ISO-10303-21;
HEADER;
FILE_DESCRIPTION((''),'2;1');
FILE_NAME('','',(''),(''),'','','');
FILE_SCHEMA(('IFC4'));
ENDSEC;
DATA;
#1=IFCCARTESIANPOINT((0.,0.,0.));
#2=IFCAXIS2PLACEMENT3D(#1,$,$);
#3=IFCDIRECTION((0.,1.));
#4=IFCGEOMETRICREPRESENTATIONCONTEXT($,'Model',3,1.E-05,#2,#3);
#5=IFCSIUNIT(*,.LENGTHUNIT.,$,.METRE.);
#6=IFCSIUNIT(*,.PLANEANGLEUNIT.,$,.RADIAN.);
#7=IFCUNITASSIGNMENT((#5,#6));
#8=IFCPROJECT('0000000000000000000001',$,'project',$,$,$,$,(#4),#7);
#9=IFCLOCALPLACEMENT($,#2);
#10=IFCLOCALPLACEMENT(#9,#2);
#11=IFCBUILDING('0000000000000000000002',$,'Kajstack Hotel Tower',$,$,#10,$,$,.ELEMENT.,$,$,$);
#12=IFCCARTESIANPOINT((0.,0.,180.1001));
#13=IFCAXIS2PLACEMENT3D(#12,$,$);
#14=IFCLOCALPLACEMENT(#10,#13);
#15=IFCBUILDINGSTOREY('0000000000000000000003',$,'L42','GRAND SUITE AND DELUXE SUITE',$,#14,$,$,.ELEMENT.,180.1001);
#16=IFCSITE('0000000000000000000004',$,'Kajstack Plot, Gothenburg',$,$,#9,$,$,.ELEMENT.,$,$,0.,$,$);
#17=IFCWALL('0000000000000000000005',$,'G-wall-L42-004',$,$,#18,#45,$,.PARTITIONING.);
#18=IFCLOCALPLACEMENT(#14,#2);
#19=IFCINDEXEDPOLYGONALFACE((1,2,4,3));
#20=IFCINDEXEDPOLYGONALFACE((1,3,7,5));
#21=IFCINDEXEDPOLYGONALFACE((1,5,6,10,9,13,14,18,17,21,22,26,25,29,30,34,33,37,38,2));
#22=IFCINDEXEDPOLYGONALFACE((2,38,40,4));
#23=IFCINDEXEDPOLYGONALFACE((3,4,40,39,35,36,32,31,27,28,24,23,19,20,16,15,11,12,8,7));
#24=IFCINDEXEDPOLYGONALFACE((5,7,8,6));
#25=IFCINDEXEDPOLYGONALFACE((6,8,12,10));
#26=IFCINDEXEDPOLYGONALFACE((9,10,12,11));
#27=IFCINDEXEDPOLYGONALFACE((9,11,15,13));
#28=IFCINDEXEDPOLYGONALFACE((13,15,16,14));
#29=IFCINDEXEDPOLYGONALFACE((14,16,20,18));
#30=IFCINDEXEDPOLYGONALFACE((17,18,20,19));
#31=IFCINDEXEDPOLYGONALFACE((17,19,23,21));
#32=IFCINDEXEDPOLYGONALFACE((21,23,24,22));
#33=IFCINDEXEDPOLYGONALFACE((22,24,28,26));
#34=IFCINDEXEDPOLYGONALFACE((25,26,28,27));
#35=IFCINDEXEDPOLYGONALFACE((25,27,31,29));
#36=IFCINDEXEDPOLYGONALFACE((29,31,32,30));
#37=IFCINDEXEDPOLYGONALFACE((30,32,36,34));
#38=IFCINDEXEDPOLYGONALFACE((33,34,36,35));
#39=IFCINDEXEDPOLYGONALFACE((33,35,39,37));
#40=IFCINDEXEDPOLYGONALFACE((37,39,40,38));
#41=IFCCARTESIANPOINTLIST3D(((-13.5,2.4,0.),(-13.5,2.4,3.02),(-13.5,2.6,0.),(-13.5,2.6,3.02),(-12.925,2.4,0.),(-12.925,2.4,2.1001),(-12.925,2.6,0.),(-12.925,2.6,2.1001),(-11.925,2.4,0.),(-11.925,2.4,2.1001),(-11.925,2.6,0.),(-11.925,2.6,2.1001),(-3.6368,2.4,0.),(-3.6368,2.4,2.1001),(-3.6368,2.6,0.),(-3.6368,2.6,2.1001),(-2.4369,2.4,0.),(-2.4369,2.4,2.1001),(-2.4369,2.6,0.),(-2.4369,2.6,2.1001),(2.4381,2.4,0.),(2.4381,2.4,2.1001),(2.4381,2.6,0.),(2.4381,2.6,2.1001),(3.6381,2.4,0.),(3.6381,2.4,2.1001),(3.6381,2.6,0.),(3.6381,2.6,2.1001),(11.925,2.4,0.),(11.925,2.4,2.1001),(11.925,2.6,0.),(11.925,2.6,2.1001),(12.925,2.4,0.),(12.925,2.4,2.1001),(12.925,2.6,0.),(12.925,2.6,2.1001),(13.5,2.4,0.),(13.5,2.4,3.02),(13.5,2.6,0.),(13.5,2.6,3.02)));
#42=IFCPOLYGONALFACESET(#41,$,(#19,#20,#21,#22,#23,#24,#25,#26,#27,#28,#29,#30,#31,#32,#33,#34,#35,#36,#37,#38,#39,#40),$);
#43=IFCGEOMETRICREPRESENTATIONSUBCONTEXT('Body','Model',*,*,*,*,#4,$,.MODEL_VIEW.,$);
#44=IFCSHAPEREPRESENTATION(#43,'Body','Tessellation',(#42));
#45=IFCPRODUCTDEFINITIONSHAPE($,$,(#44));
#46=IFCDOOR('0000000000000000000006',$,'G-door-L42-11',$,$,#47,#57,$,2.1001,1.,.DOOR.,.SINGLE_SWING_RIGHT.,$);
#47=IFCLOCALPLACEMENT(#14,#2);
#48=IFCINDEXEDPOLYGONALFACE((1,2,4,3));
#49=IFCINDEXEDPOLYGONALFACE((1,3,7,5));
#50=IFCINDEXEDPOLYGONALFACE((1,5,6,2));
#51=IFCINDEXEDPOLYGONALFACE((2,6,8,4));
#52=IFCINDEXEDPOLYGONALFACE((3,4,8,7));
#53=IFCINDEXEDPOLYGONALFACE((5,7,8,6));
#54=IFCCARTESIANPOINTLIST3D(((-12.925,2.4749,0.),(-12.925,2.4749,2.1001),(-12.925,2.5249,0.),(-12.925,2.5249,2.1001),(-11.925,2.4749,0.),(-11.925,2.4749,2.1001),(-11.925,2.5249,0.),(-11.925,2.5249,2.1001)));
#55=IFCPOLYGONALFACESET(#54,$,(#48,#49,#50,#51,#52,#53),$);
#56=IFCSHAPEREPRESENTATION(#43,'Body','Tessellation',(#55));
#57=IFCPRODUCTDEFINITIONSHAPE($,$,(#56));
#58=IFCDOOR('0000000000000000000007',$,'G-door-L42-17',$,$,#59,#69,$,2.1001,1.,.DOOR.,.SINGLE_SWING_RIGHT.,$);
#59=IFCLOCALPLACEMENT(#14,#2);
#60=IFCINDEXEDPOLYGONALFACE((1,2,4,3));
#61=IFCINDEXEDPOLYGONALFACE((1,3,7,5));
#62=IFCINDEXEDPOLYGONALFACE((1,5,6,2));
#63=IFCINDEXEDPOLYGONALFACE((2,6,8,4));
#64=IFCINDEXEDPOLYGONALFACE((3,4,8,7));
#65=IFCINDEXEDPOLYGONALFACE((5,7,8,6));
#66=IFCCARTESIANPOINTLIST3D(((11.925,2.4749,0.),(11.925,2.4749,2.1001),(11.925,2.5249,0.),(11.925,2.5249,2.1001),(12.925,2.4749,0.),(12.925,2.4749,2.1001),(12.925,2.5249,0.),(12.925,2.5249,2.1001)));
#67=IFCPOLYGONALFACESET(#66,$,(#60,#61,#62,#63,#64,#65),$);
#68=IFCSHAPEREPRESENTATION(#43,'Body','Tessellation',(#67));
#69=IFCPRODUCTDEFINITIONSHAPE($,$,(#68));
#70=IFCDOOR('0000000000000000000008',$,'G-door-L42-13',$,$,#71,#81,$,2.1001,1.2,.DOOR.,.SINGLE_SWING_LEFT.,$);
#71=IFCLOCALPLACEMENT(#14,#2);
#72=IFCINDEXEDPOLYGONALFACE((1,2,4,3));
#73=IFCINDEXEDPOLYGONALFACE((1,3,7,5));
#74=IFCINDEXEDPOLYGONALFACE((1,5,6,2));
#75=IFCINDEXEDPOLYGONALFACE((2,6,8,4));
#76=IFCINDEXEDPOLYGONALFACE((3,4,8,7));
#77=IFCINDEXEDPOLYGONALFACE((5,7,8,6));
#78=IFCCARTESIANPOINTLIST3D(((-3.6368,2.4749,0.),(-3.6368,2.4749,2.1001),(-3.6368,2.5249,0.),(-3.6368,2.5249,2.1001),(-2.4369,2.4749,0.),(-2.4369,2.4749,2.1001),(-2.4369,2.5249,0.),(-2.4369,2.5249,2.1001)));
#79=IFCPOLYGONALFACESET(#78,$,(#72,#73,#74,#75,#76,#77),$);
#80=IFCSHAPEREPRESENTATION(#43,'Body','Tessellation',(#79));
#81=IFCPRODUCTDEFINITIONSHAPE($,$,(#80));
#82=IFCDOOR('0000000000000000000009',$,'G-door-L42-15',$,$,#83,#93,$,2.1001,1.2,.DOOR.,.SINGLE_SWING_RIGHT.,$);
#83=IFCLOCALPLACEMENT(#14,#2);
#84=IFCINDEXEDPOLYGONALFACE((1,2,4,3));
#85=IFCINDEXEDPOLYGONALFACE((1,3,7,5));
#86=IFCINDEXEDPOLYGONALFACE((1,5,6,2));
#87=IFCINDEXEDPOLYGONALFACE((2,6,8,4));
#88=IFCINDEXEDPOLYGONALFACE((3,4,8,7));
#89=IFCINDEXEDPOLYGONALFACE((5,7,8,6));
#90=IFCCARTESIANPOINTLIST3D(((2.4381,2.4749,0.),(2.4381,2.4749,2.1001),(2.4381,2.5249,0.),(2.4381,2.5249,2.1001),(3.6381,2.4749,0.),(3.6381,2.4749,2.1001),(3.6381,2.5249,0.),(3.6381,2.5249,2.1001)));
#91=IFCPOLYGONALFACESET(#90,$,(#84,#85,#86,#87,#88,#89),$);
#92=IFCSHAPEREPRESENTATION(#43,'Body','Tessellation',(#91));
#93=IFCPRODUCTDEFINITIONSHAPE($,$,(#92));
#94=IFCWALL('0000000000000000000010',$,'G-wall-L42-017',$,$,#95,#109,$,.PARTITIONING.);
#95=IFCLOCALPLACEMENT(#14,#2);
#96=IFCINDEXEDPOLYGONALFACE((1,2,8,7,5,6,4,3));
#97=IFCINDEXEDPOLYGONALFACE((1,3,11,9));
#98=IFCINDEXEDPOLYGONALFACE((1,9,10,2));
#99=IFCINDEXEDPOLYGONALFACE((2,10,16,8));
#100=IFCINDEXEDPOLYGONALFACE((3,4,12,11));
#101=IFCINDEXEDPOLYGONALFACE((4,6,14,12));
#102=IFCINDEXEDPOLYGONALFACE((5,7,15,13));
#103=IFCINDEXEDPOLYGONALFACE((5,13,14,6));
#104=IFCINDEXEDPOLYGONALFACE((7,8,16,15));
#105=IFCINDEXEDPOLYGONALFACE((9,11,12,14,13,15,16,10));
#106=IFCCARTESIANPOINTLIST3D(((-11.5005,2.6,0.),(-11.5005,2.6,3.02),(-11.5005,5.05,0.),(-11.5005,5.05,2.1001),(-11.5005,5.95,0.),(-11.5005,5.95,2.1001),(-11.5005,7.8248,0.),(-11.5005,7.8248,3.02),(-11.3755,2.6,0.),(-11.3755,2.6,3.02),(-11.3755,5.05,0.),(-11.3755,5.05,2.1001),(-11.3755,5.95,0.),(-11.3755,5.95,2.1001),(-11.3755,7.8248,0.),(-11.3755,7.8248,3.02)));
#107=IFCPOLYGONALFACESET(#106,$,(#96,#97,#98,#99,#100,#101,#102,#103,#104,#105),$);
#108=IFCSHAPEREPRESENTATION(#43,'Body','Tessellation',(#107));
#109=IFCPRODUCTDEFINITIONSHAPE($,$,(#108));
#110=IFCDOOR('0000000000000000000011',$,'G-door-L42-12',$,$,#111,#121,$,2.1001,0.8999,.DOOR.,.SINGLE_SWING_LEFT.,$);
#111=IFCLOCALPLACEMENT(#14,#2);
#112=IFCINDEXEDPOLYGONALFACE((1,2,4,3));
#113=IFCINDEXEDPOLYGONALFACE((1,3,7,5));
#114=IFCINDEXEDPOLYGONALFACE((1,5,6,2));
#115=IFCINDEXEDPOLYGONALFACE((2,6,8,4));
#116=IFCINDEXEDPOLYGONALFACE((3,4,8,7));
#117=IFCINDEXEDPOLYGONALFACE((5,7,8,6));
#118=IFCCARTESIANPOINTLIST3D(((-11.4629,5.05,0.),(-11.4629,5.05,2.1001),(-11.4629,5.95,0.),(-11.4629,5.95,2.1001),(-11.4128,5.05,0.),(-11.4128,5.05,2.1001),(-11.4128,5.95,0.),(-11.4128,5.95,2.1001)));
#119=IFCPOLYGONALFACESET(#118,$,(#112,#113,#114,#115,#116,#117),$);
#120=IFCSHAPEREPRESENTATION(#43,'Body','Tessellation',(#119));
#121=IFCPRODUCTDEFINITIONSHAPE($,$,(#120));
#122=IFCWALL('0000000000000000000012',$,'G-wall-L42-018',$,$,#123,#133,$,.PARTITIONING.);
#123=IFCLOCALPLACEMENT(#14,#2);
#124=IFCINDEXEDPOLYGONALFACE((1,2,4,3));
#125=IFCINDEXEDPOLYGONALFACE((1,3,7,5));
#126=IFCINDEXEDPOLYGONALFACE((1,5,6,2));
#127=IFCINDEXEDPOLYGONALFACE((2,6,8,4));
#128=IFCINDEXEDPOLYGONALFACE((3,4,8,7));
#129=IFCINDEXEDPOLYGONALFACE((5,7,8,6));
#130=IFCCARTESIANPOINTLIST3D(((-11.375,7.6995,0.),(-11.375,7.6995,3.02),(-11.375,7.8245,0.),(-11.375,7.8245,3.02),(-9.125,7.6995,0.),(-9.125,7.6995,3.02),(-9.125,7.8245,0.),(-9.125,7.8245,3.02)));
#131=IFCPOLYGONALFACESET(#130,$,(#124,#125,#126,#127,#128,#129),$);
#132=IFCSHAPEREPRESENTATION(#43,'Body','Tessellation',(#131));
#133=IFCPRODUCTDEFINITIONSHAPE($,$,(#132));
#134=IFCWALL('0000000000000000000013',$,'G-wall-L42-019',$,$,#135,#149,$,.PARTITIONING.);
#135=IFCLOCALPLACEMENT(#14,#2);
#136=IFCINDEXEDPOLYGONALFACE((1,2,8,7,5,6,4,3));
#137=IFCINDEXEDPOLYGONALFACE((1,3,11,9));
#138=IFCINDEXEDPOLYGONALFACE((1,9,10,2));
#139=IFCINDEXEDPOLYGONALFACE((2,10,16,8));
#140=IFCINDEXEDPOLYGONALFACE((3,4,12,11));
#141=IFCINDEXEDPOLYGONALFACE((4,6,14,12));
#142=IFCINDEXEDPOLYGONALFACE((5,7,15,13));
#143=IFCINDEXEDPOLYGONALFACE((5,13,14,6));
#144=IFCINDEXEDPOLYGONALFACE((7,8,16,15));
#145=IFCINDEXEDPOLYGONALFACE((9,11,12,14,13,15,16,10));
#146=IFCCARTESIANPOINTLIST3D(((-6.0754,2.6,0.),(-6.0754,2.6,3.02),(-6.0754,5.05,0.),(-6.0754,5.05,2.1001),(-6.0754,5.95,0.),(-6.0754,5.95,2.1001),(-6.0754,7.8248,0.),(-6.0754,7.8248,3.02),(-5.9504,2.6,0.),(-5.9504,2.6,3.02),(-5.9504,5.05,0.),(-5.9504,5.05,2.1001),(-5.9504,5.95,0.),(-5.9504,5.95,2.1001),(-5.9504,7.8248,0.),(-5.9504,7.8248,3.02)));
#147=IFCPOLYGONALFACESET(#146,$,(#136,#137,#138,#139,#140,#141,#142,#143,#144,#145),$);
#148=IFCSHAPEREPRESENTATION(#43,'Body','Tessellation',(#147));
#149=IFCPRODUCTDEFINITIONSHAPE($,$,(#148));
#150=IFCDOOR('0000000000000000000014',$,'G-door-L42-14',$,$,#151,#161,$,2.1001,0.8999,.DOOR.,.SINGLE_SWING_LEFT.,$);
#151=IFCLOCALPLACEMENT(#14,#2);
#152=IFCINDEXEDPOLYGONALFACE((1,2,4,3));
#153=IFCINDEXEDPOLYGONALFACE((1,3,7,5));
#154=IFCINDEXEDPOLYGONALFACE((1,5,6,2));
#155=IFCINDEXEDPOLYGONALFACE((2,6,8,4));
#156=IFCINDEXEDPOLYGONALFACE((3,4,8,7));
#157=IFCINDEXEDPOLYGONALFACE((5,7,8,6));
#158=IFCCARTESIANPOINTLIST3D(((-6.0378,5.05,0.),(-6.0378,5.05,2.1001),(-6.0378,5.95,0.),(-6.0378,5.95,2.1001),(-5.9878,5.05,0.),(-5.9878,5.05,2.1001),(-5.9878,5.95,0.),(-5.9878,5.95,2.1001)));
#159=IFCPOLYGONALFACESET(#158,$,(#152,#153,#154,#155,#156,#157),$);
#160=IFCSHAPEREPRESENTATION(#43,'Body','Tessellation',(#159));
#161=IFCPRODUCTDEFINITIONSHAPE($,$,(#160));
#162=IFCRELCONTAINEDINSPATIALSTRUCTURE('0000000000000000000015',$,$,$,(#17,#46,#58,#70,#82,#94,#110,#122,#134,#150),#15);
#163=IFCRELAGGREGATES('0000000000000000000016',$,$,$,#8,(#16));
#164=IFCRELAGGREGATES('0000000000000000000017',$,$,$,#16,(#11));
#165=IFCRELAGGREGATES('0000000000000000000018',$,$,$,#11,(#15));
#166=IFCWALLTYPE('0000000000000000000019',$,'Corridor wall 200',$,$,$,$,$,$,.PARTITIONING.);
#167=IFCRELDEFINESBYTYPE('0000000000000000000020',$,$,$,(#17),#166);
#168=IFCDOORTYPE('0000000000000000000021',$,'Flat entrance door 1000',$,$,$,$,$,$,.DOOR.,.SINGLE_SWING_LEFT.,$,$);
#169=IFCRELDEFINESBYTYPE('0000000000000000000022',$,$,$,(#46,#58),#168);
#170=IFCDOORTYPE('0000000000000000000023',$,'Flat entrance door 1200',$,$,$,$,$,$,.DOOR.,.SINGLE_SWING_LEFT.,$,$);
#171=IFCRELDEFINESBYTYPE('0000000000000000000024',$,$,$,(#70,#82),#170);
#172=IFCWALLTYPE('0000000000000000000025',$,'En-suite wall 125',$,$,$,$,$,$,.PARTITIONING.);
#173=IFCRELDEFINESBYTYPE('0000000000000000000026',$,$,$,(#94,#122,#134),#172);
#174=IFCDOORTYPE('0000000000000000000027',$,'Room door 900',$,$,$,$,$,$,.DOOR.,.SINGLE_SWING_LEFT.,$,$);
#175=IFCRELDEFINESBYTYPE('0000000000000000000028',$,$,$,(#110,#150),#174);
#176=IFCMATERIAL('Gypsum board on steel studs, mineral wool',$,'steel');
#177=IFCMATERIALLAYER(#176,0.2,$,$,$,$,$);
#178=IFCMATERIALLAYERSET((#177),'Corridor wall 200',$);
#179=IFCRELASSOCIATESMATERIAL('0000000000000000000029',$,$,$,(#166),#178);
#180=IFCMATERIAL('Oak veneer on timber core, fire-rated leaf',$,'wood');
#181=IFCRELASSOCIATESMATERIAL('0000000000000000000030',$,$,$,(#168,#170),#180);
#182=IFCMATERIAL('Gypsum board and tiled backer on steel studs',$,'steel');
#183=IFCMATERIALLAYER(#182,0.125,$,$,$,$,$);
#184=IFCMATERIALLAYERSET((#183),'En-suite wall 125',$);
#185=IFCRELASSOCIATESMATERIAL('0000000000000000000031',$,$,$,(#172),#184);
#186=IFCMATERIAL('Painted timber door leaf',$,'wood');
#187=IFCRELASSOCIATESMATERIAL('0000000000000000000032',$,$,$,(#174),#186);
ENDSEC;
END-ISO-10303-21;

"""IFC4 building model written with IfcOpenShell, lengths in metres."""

from ifc_helpers import new_model, si_unit, direction, frame, frame_2d, origin, place, context, subcontext, project, spatial, rectangle, extrude, material, layer, layer_set, type_object, element, fill, save


model = new_model("IFC4")

# Units and contexts
model_context = context("Model", 3, precision=1e-05, world=origin(), true_north=direction((0.0, 1.0)))
body_context = subcontext(model_context, "Body", "Model", "MODEL_VIEW")
ifc_project = project(units=[si_unit("LENGTHUNIT", "METRE"), si_unit("PLANEANGLEUNIT", "RADIAN")], contexts=[model_context])

# Site, building, storey
site_placement = place(None, origin())
site = spatial("IfcSite", under=ifc_project, at=site_placement, Name="Kajstack Plot, Gothenburg", CompositionType="ELEMENT", RefElevation=0.0)
building_placement = place(site_placement, origin())
building = spatial("IfcBuilding", under=site, at=building_placement, Name="Kajstack Hotel Tower", CompositionType="ELEMENT")
storey_placement = place(building_placement, frame((0.0, 0.0, 180.1001)))
storey = spatial("IfcBuildingStorey", under=building, at=storey_placement, Name="L42", Description="GRAND SUITE AND DELUXE SUITE", CompositionType="ELEMENT", Elevation=180.1001)

# Wall, openings, doors
ifc_material_1 = material(Name="Gypsum board on steel studs, mineral wool", Category="steel")
ifc_layer_1 = layer(ifc_material_1, 0.2)
ifc_layer_set_1 = layer_set([ifc_layer_1], Name="Corridor wall 200")
wall_type_1 = type_object("IfcWallType", Name="Corridor wall 200", PredefinedType="PARTITIONING", material=ifc_layer_set_1)
wall_1_placement = place(storey_placement, frame((-13.5, 2.5, 0.0), z_axis=(0.0, 0.0, 1.0), x_axis=(1.0, 0.0, 0.0)))
wall_1 = element("IfcWall", 1, at=wall_1_placement, inside=storey, type_object=wall_type_1, Name="G-wall-L42-004", PredefinedType="PARTITIONING", context=body_context, shape_type="SweptSolid", body=[
    extrude(rectangle(XDim=27.0, YDim=0.2, at=frame_2d((13.5, 0.0))), origin(), (0.0, 0.0, 1.0), 3.02),
])
opening_1_placement = place(wall_1_placement, frame((0.575, 0.0, 0.0)))
opening_1 = element("IfcOpeningElement", 2, at=opening_1_placement, cuts=wall_1, PredefinedType="OPENING", context=body_context, shape_type="SweptSolid", body=[
    extrude(rectangle(XDim=1.0, YDim=2.1001, at=frame_2d((0.5, 1.05))), frame((0.0, 0.1099, 0.0), z_axis=(0.0, -1.0, 0.0), x_axis=(1.0, 0.0, 0.0)), (0.0, 0.0, 1.0), 0.22),
])
opening_2_placement = place(wall_1_placement, frame((9.863, 0.0, 0.0)))
opening_2 = element("IfcOpeningElement", 3, at=opening_2_placement, cuts=wall_1, PredefinedType="OPENING", context=body_context, shape_type="SweptSolid", body=[
    extrude(rectangle(XDim=1.2, YDim=2.1001, at=frame_2d((0.6001, 1.05))), frame((0.0, 0.1099, 0.0), z_axis=(0.0, -1.0, 0.0), x_axis=(1.0, 0.0, 0.0)), (0.0, 0.0, 1.0), 0.22),
])
opening_3_placement = place(wall_1_placement, frame((15.938, 0.0, 0.0)))
opening_3 = element("IfcOpeningElement", 4, at=opening_3_placement, cuts=wall_1, PredefinedType="OPENING", context=body_context, shape_type="SweptSolid", body=[
    extrude(rectangle(XDim=1.2, YDim=2.1001, at=frame_2d((0.6001, 1.05))), frame((0.0, 0.1099, 0.0), z_axis=(0.0, -1.0, 0.0), x_axis=(1.0, 0.0, 0.0)), (0.0, 0.0, 1.0), 0.22),
])
opening_4_placement = place(wall_1_placement, frame((25.425, 0.0, 0.0)))
opening_4 = element("IfcOpeningElement", 5, at=opening_4_placement, cuts=wall_1, PredefinedType="OPENING", context=body_context, shape_type="SweptSolid", body=[
    extrude(rectangle(XDim=1.0, YDim=2.1001, at=frame_2d((0.5, 1.05))), frame((0.0, 0.1099, 0.0), z_axis=(0.0, -1.0, 0.0), x_axis=(1.0, 0.0, 0.0)), (0.0, 0.0, 1.0), 0.22),
])
ifc_material_2 = material(Name="Oak veneer on timber core, fire-rated leaf", Category="wood")
door_type_1 = type_object("IfcDoorType", Name="Flat entrance door 1000", OperationType="SINGLE_SWING_LEFT", PredefinedType="DOOR", material=ifc_material_2)
door_1_placement = place(opening_1_placement, origin())
door_1 = element("IfcDoor", 6, at=door_1_placement, inside=storey, type_object=door_type_1, Name="G-door-L42-11", OperationType="SINGLE_SWING_RIGHT", OverallHeight=2.1001, OverallWidth=1.0, PredefinedType="DOOR", context=body_context, shape_type="SweptSolid", body=[
    extrude(rectangle(XDim=1.0, YDim=2.1001, at=frame_2d((0.5, 1.05))), frame((0.0, 0.0249, 0.0), z_axis=(0.0, -1.0, 0.0), x_axis=(1.0, 0.0, 0.0)), (0.0, 0.0, 1.0), 0.05),
])
fill(opening_1, door_1)
door_2_placement = place(opening_4_placement, origin())
door_2 = element("IfcDoor", 7, at=door_2_placement, inside=storey, type_object=door_type_1, Name="G-door-L42-17", OperationType="SINGLE_SWING_RIGHT", OverallHeight=2.1001, OverallWidth=1.0, PredefinedType="DOOR", context=body_context, shape_type="SweptSolid", body=[
    extrude(rectangle(XDim=1.0, YDim=2.1001, at=frame_2d((0.5, 1.05))), frame((0.0, 0.0249, 0.0), z_axis=(0.0, -1.0, 0.0), x_axis=(1.0, 0.0, 0.0)), (0.0, 0.0, 1.0), 0.05),
])
fill(opening_4, door_2)
door_type_2 = type_object("IfcDoorType", Name="Flat entrance door 1200", OperationType="SINGLE_SWING_LEFT", PredefinedType="DOOR", material=ifc_material_2)
door_3_placement = place(opening_2_placement, origin())
door_3 = element("IfcDoor", 8, at=door_3_placement, inside=storey, type_object=door_type_2, Name="G-door-L42-13", OperationType="SINGLE_SWING_LEFT", OverallHeight=2.1001, OverallWidth=1.2, PredefinedType="DOOR", context=body_context, shape_type="SweptSolid", body=[
    extrude(rectangle(XDim=1.2, YDim=2.1001, at=frame_2d((0.6001, 1.05))), frame((0.0, 0.0249, 0.0), z_axis=(0.0, -1.0, 0.0), x_axis=(1.0, 0.0, 0.0)), (0.0, 0.0, 1.0), 0.05),
])
fill(opening_2, door_3)
door_4_placement = place(opening_3_placement, origin())
door_4 = element("IfcDoor", 9, at=door_4_placement, inside=storey, type_object=door_type_2, Name="G-door-L42-15", OperationType="SINGLE_SWING_RIGHT", OverallHeight=2.1001, OverallWidth=1.2, PredefinedType="DOOR", context=body_context, shape_type="SweptSolid", body=[
    extrude(rectangle(XDim=1.2, YDim=2.1001, at=frame_2d((0.6001, 1.05))), frame((0.0, 0.0249, 0.0), z_axis=(0.0, -1.0, 0.0), x_axis=(1.0, 0.0, 0.0)), (0.0, 0.0, 1.0), 0.05),
])
fill(opening_3, door_4)

# Wall, opening, door
ifc_material_3 = material(Name="Gypsum board and tiled backer on steel studs", Category="steel")
ifc_layer_2 = layer(ifc_material_3, 0.125)
ifc_layer_set_2 = layer_set([ifc_layer_2], Name="En-suite wall 125")
wall_type_2 = type_object("IfcWallType", Name="En-suite wall 125", PredefinedType="PARTITIONING", material=ifc_layer_set_2)
wall_2_placement = place(storey_placement, frame((-11.438, 2.6001, 0.0), z_axis=(0.0, 0.0, 1.0), x_axis=(0.0, 1.0, 0.0)))
wall_2 = element("IfcWall", 10, at=wall_2_placement, inside=storey, type_object=wall_type_2, Name="G-wall-L42-017", PredefinedType="PARTITIONING", context=body_context, shape_type="SweptSolid", body=[
    extrude(rectangle(XDim=5.2249, YDim=0.125, at=frame_2d((2.6123, 0.0))), origin(), (0.0, 0.0, 1.0), 3.02),
])
opening_5_placement = place(wall_2_placement, frame((2.45, 0.0, 0.0)))
opening_5 = element("IfcOpeningElement", 11, at=opening_5_placement, cuts=wall_2, PredefinedType="OPENING", context=body_context, shape_type="SweptSolid", body=[
    extrude(rectangle(XDim=0.8999, YDim=2.1001, at=frame_2d((0.45, 1.05))), frame((0.0, 0.0725, 0.0), z_axis=(0.0, -1.0, 0.0), x_axis=(1.0, 0.0, 0.0)), (0.0, 0.0, 1.0), 0.145),
])
ifc_material_4 = material(Name="Painted timber door leaf", Category="wood")
door_type_3 = type_object("IfcDoorType", Name="Room door 900", OperationType="SINGLE_SWING_LEFT", PredefinedType="DOOR", material=ifc_material_4)
door_5_placement = place(opening_5_placement, origin())
door_5 = element("IfcDoor", 12, at=door_5_placement, inside=storey, type_object=door_type_3, Name="G-door-L42-12", OperationType="SINGLE_SWING_LEFT", OverallHeight=2.1001, OverallWidth=0.8999, PredefinedType="DOOR", context=body_context, shape_type="SweptSolid", body=[
    extrude(rectangle(XDim=0.8999, YDim=2.1001, at=frame_2d((0.45, 1.05))), frame((0.0, 0.0249, 0.0), z_axis=(0.0, -1.0, 0.0), x_axis=(1.0, 0.0, 0.0)), (0.0, 0.0, 1.0), 0.05),
])
fill(opening_5, door_5)

# Wall
wall_3_placement = place(storey_placement, frame((-11.375, 7.762, 0.0), z_axis=(0.0, 0.0, 1.0), x_axis=(1.0, 0.0, 0.0)))
element("IfcWall", 13, at=wall_3_placement, inside=storey, type_object=wall_type_2, Name="G-wall-L42-018", PredefinedType="PARTITIONING", context=body_context, shape_type="SweptSolid", body=[
    extrude(rectangle(XDim=2.25, YDim=0.125, at=frame_2d((1.125, 0.0))), origin(), (0.0, 0.0, 1.0), 3.02),
])

# Wall, opening, door
wall_4_placement = place(storey_placement, frame((-6.0129, 2.6001, 0.0), z_axis=(0.0, 0.0, 1.0), x_axis=(0.0, 1.0, 0.0)))
wall_4 = element("IfcWall", 14, at=wall_4_placement, inside=storey, type_object=wall_type_2, Name="G-wall-L42-019", PredefinedType="PARTITIONING", context=body_context, shape_type="SweptSolid", body=[
    extrude(rectangle(XDim=5.2249, YDim=0.125, at=frame_2d((2.6123, 0.0))), origin(), (0.0, 0.0, 1.0), 3.02),
])
opening_6_placement = place(wall_4_placement, frame((2.45, 0.0, 0.0)))
opening_6 = element("IfcOpeningElement", 15, at=opening_6_placement, cuts=wall_4, PredefinedType="OPENING", context=body_context, shape_type="SweptSolid", body=[
    extrude(rectangle(XDim=0.8999, YDim=2.1001, at=frame_2d((0.45, 1.05))), frame((0.0, 0.0725, 0.0), z_axis=(0.0, -1.0, 0.0), x_axis=(1.0, 0.0, 0.0)), (0.0, 0.0, 1.0), 0.145),
])
door_6_placement = place(opening_6_placement, origin())
door_6 = element("IfcDoor", 16, at=door_6_placement, inside=storey, type_object=door_type_3, Name="G-door-L42-14", OperationType="SINGLE_SWING_LEFT", OverallHeight=2.1001, OverallWidth=0.8999, PredefinedType="DOOR", context=body_context, shape_type="SweptSolid", body=[
    extrude(rectangle(XDim=0.8999, YDim=2.1001, at=frame_2d((0.45, 1.05))), frame((0.0, 0.0249, 0.0), z_axis=(0.0, -1.0, 0.0), x_axis=(1.0, 0.0, 0.0)), (0.0, 0.0, 1.0), 0.05),
])
fill(opening_6, door_6)

save(model, "model.ifc")
